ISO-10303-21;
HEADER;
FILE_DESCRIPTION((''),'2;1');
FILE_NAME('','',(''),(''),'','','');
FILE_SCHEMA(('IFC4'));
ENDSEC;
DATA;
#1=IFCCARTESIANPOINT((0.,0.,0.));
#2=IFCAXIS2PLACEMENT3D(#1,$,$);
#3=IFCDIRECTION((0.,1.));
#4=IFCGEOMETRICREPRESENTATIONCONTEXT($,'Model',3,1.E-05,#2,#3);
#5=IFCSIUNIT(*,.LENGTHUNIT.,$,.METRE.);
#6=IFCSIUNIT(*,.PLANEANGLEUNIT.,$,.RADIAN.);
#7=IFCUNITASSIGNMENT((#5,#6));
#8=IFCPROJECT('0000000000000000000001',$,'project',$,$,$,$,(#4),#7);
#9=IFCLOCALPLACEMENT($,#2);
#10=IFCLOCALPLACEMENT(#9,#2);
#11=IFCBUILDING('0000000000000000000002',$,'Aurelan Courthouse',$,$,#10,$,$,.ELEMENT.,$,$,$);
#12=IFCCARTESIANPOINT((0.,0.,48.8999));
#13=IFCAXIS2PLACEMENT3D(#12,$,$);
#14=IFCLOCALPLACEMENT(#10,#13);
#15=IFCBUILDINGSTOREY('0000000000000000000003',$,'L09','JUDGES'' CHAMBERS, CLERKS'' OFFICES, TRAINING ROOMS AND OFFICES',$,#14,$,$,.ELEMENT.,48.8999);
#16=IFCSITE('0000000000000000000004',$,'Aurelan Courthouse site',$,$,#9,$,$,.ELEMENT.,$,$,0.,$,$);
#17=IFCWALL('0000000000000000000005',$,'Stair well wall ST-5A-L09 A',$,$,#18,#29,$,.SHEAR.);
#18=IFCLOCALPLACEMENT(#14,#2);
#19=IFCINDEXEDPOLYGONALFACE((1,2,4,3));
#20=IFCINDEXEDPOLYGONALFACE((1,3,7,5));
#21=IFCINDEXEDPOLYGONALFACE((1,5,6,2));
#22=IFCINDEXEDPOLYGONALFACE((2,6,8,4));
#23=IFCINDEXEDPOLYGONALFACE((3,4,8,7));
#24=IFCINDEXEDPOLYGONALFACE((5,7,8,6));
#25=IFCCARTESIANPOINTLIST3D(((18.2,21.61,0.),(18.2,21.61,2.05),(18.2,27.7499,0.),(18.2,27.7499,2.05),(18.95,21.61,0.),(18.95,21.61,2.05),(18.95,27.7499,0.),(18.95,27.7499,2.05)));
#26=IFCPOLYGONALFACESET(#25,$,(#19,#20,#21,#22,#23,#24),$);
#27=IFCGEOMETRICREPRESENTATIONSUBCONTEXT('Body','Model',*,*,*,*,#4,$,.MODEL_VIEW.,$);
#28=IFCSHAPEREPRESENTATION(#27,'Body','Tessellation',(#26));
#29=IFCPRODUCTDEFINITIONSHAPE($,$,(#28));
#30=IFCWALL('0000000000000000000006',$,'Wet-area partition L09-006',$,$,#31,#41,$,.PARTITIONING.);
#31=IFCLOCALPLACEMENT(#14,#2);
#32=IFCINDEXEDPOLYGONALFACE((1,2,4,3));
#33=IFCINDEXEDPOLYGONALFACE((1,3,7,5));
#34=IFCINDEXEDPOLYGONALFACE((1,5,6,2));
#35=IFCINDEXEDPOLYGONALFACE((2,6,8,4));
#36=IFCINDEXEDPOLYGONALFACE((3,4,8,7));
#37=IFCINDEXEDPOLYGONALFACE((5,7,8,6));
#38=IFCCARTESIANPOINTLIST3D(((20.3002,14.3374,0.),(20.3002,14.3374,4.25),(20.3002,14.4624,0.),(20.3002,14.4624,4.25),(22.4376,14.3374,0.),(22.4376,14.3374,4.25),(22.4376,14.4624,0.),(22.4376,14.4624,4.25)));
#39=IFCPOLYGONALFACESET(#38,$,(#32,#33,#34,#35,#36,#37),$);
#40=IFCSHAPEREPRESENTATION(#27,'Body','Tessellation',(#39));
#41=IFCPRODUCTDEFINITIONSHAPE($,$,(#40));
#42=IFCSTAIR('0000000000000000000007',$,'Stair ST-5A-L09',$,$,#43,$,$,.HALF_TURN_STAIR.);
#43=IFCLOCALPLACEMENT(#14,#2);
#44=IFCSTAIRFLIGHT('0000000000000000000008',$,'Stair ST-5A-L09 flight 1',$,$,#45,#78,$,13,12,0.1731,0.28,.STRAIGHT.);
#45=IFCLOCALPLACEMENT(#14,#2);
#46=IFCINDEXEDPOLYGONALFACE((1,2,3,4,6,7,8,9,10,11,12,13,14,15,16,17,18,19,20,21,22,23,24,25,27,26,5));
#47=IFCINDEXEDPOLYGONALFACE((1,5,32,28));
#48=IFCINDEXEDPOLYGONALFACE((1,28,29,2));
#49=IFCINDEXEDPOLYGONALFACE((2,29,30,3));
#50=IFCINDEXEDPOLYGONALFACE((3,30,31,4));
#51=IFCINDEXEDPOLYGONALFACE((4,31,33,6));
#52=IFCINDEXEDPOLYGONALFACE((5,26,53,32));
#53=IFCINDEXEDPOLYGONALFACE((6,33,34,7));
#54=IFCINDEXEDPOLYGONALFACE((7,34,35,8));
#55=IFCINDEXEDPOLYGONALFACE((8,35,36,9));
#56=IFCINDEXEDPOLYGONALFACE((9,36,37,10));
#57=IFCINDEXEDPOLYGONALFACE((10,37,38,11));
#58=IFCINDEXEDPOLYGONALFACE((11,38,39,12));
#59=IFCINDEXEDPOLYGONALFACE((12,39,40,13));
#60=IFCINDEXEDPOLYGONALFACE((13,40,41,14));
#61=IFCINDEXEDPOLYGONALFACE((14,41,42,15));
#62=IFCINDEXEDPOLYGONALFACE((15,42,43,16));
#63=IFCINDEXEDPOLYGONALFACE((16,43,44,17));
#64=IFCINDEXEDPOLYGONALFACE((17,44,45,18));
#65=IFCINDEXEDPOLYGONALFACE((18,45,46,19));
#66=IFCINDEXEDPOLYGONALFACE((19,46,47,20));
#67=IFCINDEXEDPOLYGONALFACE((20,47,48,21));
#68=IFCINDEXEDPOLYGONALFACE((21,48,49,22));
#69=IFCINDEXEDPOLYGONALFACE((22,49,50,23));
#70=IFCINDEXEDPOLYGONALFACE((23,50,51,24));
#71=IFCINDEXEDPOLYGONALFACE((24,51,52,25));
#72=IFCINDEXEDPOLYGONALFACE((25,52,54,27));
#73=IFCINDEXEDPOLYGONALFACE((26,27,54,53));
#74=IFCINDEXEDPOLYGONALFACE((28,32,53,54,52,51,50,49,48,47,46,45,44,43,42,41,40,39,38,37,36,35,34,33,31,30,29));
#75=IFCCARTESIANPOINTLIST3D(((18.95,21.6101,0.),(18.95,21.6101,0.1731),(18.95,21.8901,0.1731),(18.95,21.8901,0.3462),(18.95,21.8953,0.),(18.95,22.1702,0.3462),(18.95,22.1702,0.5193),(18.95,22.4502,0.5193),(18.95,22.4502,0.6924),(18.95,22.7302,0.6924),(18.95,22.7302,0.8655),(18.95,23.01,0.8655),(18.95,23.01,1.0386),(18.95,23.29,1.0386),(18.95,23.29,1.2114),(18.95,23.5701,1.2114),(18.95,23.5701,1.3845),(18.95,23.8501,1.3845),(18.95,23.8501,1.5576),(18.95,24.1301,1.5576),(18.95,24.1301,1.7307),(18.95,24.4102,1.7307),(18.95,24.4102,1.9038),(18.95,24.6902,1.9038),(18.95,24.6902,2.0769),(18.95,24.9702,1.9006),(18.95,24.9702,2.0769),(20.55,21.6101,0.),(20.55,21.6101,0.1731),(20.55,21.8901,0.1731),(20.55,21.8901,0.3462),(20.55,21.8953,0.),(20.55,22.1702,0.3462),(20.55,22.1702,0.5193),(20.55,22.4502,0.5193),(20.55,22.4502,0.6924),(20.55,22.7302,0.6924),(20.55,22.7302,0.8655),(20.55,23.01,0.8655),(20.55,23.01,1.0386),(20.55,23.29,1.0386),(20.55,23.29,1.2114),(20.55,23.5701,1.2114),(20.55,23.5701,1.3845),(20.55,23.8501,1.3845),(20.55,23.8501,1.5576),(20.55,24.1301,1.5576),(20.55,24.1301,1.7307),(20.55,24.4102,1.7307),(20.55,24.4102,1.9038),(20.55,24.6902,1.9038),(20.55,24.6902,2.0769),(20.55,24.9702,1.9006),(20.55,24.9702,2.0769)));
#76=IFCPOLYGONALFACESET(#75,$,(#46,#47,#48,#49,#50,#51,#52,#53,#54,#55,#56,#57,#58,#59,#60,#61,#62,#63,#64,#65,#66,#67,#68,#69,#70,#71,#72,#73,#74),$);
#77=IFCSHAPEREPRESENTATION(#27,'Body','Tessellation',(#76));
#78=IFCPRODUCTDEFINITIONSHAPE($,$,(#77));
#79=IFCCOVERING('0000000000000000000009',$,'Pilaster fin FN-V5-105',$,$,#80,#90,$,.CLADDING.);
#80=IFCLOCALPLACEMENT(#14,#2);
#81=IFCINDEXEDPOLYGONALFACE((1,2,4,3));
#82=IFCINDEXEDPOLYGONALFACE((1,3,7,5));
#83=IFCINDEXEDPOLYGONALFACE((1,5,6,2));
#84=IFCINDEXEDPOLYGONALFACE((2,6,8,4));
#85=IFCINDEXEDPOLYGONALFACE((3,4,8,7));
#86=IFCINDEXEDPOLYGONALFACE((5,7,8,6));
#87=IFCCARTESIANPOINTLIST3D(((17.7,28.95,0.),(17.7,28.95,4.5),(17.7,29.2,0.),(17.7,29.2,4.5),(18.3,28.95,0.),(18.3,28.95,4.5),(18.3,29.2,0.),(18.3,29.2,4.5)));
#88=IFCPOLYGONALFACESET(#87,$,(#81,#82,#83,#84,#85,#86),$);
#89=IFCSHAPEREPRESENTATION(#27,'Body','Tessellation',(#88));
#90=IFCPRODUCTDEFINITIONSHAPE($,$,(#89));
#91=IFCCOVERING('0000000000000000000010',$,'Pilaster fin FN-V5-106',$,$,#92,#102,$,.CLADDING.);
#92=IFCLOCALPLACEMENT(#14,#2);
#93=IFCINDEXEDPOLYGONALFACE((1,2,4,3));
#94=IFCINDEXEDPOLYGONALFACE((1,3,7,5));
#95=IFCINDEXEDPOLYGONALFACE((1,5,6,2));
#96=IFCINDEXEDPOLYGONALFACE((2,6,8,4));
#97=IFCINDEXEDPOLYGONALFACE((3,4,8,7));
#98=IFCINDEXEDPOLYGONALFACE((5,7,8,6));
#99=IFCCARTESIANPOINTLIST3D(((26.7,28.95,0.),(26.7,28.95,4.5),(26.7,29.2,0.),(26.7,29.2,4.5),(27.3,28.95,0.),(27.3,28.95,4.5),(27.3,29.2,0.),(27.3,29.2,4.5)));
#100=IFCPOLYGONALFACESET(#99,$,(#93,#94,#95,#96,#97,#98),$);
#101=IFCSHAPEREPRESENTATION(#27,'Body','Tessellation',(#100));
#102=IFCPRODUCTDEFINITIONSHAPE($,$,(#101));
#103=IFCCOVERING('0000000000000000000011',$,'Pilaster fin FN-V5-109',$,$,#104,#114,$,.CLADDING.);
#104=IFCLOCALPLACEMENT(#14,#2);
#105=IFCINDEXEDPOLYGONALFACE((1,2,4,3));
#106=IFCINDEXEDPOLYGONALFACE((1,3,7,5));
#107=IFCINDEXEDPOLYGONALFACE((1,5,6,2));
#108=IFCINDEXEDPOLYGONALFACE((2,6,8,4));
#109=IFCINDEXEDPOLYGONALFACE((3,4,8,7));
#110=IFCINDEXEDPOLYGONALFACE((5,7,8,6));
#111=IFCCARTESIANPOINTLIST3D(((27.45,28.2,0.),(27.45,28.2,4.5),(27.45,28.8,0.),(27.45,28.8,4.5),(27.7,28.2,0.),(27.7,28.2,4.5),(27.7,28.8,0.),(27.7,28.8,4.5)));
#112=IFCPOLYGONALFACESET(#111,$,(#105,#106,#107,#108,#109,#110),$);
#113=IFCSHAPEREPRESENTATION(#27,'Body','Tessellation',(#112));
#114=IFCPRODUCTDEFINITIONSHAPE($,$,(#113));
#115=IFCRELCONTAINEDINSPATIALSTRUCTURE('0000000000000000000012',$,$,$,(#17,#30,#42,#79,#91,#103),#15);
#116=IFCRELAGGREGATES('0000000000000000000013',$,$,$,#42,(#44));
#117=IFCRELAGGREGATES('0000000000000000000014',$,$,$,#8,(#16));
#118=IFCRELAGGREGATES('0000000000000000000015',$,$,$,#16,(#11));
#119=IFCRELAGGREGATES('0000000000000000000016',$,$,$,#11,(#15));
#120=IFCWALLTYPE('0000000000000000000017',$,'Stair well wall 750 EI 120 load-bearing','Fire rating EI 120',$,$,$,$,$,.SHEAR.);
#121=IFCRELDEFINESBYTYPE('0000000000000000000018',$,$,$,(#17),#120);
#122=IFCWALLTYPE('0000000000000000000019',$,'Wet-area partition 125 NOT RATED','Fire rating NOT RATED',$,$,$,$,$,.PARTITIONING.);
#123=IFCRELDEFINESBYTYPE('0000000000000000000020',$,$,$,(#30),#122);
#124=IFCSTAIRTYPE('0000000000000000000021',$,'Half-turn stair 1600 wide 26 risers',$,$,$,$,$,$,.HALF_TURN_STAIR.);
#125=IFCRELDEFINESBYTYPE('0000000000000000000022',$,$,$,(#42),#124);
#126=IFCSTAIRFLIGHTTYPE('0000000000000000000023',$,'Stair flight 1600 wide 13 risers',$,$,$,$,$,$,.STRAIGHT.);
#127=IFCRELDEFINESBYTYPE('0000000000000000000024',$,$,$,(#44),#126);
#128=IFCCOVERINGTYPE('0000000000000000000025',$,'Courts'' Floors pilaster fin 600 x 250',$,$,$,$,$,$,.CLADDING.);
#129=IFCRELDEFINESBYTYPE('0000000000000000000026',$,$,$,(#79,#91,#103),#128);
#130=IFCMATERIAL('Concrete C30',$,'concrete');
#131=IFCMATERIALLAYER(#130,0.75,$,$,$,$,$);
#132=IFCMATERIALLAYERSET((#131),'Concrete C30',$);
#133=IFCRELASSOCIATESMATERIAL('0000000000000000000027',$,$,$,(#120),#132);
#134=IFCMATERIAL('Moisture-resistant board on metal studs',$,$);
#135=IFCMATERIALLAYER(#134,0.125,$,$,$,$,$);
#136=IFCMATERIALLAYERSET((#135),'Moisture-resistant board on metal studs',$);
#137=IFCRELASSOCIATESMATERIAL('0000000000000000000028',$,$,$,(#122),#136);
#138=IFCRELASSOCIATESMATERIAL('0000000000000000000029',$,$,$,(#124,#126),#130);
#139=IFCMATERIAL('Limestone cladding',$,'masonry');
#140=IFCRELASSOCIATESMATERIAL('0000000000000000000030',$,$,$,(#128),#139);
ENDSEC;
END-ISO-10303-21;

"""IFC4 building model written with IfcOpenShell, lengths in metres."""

from ifc_helpers import new_model, si_unit, direction, frame, frame_2d, origin, origin_2d, place, context, subcontext, project, spatial, polyline, rectangle, outline, extrude, material, layer, layer_set, type_object, element, aggregate, save


model = new_model("IFC4")

# Units and contexts
model_context = context("Model", 3, precision=1e-05, world=origin(), true_north=direction((0.0, 1.0)))
body_context = subcontext(model_context, "Body", "Model", "MODEL_VIEW")
ifc_project = project(units=[si_unit("LENGTHUNIT", "METRE"), si_unit("PLANEANGLEUNIT", "RADIAN")], contexts=[model_context])

# Site, building, storey
site_placement = place(None, origin())
site = spatial("IfcSite", under=ifc_project, at=site_placement, Name="Aurelan Courthouse site", CompositionType="ELEMENT", RefElevation=0.0)
building_placement = place(site_placement, origin())
building = spatial("IfcBuilding", under=site, at=building_placement, Name="Aurelan Courthouse", CompositionType="ELEMENT")
storey_placement = place(building_placement, frame((0.0, 0.0, 48.8999)))
storey = spatial("IfcBuildingStorey", under=building, at=storey_placement, Name="L09", Description="JUDGES' CHAMBERS, CLERKS' OFFICES, TRAINING ROOMS AND OFFICES", CompositionType="ELEMENT", Elevation=48.8999)

# Shared definitions
ifc_material_1 = material(Name="Limestone cladding", Category="masonry")
ifc_material_2 = material(Name="Concrete C30", Category="concrete")

# Walls
ifc_layer_1 = layer(ifc_material_2, 0.75)
ifc_layer_set_1 = layer_set([ifc_layer_1], Name="Concrete C30")
wall_type_1 = type_object("IfcWallType", Name="Stair well wall 750 EI 120 load-bearing", Description="Fire rating EI 120", PredefinedType="SHEAR", material=ifc_layer_set_1)
wall_1_placement = place(storey_placement, frame((18.575, 21.6101, 0.0), z_axis=(0.0, 0.0, 1.0), x_axis=(0.0, 1.0, 0.0)))
element("IfcWall", 1, at=wall_1_placement, inside=storey, type_object=wall_type_1, Name="Stair well wall ST-5A-L09 A", PredefinedType="SHEAR", context=body_context, shape_type="SweptSolid", body=[
    extrude(rectangle(XDim=6.1399, YDim=0.75, at=frame_2d((3.0698, 0.0))), origin(), (0.0, 0.0, 1.0), 2.05),
])
ifc_material_3 = material(Name="Moisture-resistant board on metal studs")
ifc_layer_2 = layer(ifc_material_3, 0.125)
ifc_layer_set_2 = layer_set([ifc_layer_2], Name="Moisture-resistant board on metal studs")
wall_type_2 = type_object("IfcWallType", Name="Wet-area partition 125 NOT RATED", Description="Fire rating NOT RATED", PredefinedType="PARTITIONING", material=ifc_layer_set_2)
wall_2_placement = place(storey_placement, frame((20.3, 14.3999, 0.0), z_axis=(0.0, 0.0, 1.0), x_axis=(1.0, 0.0, 0.0)))
element("IfcWall", 2, at=wall_2_placement, inside=storey, type_object=wall_type_2, Name="Wet-area partition L09-006", PredefinedType="PARTITIONING", context=body_context, shape_type="SweptSolid", body=[
    extrude(rectangle(XDim=2.1375, YDim=0.125, at=frame_2d((1.0688, 0.0))), origin(), (0.0, 0.0, 1.0), 4.25),
])

# Stair, stair flight
stair_type = type_object("IfcStairType", Name="Half-turn stair 1600 wide 26 risers", PredefinedType="HALF_TURN_STAIR", material=ifc_material_2)
stair_placement = place(storey_placement, origin())
stair = element("IfcStair", 3, at=stair_placement, inside=storey, type_object=stair_type, Name="Stair ST-5A-L09", PredefinedType="HALF_TURN_STAIR")
stair_flight_type = type_object("IfcStairFlightType", Name="Stair flight 1600 wide 13 risers", PredefinedType="STRAIGHT", material=ifc_material_2)
stair_flight_placement = place(storey_placement, frame((19.75, 21.6101, 0.0), z_axis=(0.0, 0.0, 1.0), x_axis=(0.0, 1.0, 0.0)))
stair_flight = element("IfcStairFlight", 4, at=stair_flight_placement, type_object=stair_flight_type, Name="Stair ST-5A-L09 flight 1", NumberOfRisers=13, NumberOfTreads=12, PredefinedType="STRAIGHT", RiserHeight=0.1731, TreadLength=0.28, context=body_context, shape_type="SweptSolid", body=[
    extrude(outline(polyline([(0.0, 0.0), (0.0, 0.1731), (0.28, 0.1731), (0.28, 0.3462), (0.5601, 0.3462), (0.5601, 0.5193), (0.8401, 0.5193), (0.8401, 0.6924), (1.1201, 0.6924), (1.1201, 0.8655), (1.3999, 0.8655), (1.3999, 1.0386), (1.6799, 1.0386), (1.6799, 1.2114), (1.96, 1.2114), (1.96, 1.3845), (2.24, 1.3845), (2.24, 1.5576), (2.52, 1.5576), (2.52, 1.7307), (2.8, 1.7307), (2.8, 1.9038), (3.0801, 1.9038), (3.0801, 2.0769), (3.3601, 2.0769), (3.3601, 2.25), (3.3601, 1.9006), (0.2852, 0.0), (0.0, 0.0)])), frame((0.0, 0.8, 0.0), z_axis=(0.0, -1.0, 0.0), x_axis=(1.0, 0.0, 0.0)), (0.0, 0.0, 1.0), 1.6001),
])
aggregate(stair, [stair_flight])

# Coverings
covering_type = type_object("IfcCoveringType", Name="Courts' Floors pilaster fin 600 x 250", PredefinedType="CLADDING", material=ifc_material_1)
for number, where, z_axis, x_axis, name in (
    (5, (18.0, 29.075, 0.0), (0.0, 0.0, 1.0), (1.0, 0.0, 0.0), "Pilaster fin FN-V5-105"),
    (6, (27.0, 29.075, 0.0), (0.0, 0.0, 1.0), (1.0, 0.0, 0.0), "Pilaster fin FN-V5-106"),
):
    element("IfcCovering", number, at=place(storey_placement, frame(where, z_axis=z_axis, x_axis=x_axis)), inside=storey, type_object=covering_type, Name=name, PredefinedType="CLADDING", context=body_context, shape_type="SweptSolid", body=[
        extrude(rectangle(XDim=0.6001, YDim=0.25, at=origin_2d()), origin(), (0.0, 0.0, 1.0), 4.5),
    ])
covering_placement = place(storey_placement, frame((27.575, 28.5, 0.0), z_axis=(0.0, 0.0, 1.0), x_axis=(1.0, 0.0, 0.0)))
element("IfcCovering", 7, at=covering_placement, inside=storey, type_object=covering_type, Name="Pilaster fin FN-V5-109", PredefinedType="CLADDING", context=body_context, shape_type="SweptSolid", body=[
    extrude(rectangle(XDim=0.25, YDim=0.6001, at=origin_2d()), origin(), (0.0, 0.0, 1.0), 4.5),
])

save(model, "model.ifc")
